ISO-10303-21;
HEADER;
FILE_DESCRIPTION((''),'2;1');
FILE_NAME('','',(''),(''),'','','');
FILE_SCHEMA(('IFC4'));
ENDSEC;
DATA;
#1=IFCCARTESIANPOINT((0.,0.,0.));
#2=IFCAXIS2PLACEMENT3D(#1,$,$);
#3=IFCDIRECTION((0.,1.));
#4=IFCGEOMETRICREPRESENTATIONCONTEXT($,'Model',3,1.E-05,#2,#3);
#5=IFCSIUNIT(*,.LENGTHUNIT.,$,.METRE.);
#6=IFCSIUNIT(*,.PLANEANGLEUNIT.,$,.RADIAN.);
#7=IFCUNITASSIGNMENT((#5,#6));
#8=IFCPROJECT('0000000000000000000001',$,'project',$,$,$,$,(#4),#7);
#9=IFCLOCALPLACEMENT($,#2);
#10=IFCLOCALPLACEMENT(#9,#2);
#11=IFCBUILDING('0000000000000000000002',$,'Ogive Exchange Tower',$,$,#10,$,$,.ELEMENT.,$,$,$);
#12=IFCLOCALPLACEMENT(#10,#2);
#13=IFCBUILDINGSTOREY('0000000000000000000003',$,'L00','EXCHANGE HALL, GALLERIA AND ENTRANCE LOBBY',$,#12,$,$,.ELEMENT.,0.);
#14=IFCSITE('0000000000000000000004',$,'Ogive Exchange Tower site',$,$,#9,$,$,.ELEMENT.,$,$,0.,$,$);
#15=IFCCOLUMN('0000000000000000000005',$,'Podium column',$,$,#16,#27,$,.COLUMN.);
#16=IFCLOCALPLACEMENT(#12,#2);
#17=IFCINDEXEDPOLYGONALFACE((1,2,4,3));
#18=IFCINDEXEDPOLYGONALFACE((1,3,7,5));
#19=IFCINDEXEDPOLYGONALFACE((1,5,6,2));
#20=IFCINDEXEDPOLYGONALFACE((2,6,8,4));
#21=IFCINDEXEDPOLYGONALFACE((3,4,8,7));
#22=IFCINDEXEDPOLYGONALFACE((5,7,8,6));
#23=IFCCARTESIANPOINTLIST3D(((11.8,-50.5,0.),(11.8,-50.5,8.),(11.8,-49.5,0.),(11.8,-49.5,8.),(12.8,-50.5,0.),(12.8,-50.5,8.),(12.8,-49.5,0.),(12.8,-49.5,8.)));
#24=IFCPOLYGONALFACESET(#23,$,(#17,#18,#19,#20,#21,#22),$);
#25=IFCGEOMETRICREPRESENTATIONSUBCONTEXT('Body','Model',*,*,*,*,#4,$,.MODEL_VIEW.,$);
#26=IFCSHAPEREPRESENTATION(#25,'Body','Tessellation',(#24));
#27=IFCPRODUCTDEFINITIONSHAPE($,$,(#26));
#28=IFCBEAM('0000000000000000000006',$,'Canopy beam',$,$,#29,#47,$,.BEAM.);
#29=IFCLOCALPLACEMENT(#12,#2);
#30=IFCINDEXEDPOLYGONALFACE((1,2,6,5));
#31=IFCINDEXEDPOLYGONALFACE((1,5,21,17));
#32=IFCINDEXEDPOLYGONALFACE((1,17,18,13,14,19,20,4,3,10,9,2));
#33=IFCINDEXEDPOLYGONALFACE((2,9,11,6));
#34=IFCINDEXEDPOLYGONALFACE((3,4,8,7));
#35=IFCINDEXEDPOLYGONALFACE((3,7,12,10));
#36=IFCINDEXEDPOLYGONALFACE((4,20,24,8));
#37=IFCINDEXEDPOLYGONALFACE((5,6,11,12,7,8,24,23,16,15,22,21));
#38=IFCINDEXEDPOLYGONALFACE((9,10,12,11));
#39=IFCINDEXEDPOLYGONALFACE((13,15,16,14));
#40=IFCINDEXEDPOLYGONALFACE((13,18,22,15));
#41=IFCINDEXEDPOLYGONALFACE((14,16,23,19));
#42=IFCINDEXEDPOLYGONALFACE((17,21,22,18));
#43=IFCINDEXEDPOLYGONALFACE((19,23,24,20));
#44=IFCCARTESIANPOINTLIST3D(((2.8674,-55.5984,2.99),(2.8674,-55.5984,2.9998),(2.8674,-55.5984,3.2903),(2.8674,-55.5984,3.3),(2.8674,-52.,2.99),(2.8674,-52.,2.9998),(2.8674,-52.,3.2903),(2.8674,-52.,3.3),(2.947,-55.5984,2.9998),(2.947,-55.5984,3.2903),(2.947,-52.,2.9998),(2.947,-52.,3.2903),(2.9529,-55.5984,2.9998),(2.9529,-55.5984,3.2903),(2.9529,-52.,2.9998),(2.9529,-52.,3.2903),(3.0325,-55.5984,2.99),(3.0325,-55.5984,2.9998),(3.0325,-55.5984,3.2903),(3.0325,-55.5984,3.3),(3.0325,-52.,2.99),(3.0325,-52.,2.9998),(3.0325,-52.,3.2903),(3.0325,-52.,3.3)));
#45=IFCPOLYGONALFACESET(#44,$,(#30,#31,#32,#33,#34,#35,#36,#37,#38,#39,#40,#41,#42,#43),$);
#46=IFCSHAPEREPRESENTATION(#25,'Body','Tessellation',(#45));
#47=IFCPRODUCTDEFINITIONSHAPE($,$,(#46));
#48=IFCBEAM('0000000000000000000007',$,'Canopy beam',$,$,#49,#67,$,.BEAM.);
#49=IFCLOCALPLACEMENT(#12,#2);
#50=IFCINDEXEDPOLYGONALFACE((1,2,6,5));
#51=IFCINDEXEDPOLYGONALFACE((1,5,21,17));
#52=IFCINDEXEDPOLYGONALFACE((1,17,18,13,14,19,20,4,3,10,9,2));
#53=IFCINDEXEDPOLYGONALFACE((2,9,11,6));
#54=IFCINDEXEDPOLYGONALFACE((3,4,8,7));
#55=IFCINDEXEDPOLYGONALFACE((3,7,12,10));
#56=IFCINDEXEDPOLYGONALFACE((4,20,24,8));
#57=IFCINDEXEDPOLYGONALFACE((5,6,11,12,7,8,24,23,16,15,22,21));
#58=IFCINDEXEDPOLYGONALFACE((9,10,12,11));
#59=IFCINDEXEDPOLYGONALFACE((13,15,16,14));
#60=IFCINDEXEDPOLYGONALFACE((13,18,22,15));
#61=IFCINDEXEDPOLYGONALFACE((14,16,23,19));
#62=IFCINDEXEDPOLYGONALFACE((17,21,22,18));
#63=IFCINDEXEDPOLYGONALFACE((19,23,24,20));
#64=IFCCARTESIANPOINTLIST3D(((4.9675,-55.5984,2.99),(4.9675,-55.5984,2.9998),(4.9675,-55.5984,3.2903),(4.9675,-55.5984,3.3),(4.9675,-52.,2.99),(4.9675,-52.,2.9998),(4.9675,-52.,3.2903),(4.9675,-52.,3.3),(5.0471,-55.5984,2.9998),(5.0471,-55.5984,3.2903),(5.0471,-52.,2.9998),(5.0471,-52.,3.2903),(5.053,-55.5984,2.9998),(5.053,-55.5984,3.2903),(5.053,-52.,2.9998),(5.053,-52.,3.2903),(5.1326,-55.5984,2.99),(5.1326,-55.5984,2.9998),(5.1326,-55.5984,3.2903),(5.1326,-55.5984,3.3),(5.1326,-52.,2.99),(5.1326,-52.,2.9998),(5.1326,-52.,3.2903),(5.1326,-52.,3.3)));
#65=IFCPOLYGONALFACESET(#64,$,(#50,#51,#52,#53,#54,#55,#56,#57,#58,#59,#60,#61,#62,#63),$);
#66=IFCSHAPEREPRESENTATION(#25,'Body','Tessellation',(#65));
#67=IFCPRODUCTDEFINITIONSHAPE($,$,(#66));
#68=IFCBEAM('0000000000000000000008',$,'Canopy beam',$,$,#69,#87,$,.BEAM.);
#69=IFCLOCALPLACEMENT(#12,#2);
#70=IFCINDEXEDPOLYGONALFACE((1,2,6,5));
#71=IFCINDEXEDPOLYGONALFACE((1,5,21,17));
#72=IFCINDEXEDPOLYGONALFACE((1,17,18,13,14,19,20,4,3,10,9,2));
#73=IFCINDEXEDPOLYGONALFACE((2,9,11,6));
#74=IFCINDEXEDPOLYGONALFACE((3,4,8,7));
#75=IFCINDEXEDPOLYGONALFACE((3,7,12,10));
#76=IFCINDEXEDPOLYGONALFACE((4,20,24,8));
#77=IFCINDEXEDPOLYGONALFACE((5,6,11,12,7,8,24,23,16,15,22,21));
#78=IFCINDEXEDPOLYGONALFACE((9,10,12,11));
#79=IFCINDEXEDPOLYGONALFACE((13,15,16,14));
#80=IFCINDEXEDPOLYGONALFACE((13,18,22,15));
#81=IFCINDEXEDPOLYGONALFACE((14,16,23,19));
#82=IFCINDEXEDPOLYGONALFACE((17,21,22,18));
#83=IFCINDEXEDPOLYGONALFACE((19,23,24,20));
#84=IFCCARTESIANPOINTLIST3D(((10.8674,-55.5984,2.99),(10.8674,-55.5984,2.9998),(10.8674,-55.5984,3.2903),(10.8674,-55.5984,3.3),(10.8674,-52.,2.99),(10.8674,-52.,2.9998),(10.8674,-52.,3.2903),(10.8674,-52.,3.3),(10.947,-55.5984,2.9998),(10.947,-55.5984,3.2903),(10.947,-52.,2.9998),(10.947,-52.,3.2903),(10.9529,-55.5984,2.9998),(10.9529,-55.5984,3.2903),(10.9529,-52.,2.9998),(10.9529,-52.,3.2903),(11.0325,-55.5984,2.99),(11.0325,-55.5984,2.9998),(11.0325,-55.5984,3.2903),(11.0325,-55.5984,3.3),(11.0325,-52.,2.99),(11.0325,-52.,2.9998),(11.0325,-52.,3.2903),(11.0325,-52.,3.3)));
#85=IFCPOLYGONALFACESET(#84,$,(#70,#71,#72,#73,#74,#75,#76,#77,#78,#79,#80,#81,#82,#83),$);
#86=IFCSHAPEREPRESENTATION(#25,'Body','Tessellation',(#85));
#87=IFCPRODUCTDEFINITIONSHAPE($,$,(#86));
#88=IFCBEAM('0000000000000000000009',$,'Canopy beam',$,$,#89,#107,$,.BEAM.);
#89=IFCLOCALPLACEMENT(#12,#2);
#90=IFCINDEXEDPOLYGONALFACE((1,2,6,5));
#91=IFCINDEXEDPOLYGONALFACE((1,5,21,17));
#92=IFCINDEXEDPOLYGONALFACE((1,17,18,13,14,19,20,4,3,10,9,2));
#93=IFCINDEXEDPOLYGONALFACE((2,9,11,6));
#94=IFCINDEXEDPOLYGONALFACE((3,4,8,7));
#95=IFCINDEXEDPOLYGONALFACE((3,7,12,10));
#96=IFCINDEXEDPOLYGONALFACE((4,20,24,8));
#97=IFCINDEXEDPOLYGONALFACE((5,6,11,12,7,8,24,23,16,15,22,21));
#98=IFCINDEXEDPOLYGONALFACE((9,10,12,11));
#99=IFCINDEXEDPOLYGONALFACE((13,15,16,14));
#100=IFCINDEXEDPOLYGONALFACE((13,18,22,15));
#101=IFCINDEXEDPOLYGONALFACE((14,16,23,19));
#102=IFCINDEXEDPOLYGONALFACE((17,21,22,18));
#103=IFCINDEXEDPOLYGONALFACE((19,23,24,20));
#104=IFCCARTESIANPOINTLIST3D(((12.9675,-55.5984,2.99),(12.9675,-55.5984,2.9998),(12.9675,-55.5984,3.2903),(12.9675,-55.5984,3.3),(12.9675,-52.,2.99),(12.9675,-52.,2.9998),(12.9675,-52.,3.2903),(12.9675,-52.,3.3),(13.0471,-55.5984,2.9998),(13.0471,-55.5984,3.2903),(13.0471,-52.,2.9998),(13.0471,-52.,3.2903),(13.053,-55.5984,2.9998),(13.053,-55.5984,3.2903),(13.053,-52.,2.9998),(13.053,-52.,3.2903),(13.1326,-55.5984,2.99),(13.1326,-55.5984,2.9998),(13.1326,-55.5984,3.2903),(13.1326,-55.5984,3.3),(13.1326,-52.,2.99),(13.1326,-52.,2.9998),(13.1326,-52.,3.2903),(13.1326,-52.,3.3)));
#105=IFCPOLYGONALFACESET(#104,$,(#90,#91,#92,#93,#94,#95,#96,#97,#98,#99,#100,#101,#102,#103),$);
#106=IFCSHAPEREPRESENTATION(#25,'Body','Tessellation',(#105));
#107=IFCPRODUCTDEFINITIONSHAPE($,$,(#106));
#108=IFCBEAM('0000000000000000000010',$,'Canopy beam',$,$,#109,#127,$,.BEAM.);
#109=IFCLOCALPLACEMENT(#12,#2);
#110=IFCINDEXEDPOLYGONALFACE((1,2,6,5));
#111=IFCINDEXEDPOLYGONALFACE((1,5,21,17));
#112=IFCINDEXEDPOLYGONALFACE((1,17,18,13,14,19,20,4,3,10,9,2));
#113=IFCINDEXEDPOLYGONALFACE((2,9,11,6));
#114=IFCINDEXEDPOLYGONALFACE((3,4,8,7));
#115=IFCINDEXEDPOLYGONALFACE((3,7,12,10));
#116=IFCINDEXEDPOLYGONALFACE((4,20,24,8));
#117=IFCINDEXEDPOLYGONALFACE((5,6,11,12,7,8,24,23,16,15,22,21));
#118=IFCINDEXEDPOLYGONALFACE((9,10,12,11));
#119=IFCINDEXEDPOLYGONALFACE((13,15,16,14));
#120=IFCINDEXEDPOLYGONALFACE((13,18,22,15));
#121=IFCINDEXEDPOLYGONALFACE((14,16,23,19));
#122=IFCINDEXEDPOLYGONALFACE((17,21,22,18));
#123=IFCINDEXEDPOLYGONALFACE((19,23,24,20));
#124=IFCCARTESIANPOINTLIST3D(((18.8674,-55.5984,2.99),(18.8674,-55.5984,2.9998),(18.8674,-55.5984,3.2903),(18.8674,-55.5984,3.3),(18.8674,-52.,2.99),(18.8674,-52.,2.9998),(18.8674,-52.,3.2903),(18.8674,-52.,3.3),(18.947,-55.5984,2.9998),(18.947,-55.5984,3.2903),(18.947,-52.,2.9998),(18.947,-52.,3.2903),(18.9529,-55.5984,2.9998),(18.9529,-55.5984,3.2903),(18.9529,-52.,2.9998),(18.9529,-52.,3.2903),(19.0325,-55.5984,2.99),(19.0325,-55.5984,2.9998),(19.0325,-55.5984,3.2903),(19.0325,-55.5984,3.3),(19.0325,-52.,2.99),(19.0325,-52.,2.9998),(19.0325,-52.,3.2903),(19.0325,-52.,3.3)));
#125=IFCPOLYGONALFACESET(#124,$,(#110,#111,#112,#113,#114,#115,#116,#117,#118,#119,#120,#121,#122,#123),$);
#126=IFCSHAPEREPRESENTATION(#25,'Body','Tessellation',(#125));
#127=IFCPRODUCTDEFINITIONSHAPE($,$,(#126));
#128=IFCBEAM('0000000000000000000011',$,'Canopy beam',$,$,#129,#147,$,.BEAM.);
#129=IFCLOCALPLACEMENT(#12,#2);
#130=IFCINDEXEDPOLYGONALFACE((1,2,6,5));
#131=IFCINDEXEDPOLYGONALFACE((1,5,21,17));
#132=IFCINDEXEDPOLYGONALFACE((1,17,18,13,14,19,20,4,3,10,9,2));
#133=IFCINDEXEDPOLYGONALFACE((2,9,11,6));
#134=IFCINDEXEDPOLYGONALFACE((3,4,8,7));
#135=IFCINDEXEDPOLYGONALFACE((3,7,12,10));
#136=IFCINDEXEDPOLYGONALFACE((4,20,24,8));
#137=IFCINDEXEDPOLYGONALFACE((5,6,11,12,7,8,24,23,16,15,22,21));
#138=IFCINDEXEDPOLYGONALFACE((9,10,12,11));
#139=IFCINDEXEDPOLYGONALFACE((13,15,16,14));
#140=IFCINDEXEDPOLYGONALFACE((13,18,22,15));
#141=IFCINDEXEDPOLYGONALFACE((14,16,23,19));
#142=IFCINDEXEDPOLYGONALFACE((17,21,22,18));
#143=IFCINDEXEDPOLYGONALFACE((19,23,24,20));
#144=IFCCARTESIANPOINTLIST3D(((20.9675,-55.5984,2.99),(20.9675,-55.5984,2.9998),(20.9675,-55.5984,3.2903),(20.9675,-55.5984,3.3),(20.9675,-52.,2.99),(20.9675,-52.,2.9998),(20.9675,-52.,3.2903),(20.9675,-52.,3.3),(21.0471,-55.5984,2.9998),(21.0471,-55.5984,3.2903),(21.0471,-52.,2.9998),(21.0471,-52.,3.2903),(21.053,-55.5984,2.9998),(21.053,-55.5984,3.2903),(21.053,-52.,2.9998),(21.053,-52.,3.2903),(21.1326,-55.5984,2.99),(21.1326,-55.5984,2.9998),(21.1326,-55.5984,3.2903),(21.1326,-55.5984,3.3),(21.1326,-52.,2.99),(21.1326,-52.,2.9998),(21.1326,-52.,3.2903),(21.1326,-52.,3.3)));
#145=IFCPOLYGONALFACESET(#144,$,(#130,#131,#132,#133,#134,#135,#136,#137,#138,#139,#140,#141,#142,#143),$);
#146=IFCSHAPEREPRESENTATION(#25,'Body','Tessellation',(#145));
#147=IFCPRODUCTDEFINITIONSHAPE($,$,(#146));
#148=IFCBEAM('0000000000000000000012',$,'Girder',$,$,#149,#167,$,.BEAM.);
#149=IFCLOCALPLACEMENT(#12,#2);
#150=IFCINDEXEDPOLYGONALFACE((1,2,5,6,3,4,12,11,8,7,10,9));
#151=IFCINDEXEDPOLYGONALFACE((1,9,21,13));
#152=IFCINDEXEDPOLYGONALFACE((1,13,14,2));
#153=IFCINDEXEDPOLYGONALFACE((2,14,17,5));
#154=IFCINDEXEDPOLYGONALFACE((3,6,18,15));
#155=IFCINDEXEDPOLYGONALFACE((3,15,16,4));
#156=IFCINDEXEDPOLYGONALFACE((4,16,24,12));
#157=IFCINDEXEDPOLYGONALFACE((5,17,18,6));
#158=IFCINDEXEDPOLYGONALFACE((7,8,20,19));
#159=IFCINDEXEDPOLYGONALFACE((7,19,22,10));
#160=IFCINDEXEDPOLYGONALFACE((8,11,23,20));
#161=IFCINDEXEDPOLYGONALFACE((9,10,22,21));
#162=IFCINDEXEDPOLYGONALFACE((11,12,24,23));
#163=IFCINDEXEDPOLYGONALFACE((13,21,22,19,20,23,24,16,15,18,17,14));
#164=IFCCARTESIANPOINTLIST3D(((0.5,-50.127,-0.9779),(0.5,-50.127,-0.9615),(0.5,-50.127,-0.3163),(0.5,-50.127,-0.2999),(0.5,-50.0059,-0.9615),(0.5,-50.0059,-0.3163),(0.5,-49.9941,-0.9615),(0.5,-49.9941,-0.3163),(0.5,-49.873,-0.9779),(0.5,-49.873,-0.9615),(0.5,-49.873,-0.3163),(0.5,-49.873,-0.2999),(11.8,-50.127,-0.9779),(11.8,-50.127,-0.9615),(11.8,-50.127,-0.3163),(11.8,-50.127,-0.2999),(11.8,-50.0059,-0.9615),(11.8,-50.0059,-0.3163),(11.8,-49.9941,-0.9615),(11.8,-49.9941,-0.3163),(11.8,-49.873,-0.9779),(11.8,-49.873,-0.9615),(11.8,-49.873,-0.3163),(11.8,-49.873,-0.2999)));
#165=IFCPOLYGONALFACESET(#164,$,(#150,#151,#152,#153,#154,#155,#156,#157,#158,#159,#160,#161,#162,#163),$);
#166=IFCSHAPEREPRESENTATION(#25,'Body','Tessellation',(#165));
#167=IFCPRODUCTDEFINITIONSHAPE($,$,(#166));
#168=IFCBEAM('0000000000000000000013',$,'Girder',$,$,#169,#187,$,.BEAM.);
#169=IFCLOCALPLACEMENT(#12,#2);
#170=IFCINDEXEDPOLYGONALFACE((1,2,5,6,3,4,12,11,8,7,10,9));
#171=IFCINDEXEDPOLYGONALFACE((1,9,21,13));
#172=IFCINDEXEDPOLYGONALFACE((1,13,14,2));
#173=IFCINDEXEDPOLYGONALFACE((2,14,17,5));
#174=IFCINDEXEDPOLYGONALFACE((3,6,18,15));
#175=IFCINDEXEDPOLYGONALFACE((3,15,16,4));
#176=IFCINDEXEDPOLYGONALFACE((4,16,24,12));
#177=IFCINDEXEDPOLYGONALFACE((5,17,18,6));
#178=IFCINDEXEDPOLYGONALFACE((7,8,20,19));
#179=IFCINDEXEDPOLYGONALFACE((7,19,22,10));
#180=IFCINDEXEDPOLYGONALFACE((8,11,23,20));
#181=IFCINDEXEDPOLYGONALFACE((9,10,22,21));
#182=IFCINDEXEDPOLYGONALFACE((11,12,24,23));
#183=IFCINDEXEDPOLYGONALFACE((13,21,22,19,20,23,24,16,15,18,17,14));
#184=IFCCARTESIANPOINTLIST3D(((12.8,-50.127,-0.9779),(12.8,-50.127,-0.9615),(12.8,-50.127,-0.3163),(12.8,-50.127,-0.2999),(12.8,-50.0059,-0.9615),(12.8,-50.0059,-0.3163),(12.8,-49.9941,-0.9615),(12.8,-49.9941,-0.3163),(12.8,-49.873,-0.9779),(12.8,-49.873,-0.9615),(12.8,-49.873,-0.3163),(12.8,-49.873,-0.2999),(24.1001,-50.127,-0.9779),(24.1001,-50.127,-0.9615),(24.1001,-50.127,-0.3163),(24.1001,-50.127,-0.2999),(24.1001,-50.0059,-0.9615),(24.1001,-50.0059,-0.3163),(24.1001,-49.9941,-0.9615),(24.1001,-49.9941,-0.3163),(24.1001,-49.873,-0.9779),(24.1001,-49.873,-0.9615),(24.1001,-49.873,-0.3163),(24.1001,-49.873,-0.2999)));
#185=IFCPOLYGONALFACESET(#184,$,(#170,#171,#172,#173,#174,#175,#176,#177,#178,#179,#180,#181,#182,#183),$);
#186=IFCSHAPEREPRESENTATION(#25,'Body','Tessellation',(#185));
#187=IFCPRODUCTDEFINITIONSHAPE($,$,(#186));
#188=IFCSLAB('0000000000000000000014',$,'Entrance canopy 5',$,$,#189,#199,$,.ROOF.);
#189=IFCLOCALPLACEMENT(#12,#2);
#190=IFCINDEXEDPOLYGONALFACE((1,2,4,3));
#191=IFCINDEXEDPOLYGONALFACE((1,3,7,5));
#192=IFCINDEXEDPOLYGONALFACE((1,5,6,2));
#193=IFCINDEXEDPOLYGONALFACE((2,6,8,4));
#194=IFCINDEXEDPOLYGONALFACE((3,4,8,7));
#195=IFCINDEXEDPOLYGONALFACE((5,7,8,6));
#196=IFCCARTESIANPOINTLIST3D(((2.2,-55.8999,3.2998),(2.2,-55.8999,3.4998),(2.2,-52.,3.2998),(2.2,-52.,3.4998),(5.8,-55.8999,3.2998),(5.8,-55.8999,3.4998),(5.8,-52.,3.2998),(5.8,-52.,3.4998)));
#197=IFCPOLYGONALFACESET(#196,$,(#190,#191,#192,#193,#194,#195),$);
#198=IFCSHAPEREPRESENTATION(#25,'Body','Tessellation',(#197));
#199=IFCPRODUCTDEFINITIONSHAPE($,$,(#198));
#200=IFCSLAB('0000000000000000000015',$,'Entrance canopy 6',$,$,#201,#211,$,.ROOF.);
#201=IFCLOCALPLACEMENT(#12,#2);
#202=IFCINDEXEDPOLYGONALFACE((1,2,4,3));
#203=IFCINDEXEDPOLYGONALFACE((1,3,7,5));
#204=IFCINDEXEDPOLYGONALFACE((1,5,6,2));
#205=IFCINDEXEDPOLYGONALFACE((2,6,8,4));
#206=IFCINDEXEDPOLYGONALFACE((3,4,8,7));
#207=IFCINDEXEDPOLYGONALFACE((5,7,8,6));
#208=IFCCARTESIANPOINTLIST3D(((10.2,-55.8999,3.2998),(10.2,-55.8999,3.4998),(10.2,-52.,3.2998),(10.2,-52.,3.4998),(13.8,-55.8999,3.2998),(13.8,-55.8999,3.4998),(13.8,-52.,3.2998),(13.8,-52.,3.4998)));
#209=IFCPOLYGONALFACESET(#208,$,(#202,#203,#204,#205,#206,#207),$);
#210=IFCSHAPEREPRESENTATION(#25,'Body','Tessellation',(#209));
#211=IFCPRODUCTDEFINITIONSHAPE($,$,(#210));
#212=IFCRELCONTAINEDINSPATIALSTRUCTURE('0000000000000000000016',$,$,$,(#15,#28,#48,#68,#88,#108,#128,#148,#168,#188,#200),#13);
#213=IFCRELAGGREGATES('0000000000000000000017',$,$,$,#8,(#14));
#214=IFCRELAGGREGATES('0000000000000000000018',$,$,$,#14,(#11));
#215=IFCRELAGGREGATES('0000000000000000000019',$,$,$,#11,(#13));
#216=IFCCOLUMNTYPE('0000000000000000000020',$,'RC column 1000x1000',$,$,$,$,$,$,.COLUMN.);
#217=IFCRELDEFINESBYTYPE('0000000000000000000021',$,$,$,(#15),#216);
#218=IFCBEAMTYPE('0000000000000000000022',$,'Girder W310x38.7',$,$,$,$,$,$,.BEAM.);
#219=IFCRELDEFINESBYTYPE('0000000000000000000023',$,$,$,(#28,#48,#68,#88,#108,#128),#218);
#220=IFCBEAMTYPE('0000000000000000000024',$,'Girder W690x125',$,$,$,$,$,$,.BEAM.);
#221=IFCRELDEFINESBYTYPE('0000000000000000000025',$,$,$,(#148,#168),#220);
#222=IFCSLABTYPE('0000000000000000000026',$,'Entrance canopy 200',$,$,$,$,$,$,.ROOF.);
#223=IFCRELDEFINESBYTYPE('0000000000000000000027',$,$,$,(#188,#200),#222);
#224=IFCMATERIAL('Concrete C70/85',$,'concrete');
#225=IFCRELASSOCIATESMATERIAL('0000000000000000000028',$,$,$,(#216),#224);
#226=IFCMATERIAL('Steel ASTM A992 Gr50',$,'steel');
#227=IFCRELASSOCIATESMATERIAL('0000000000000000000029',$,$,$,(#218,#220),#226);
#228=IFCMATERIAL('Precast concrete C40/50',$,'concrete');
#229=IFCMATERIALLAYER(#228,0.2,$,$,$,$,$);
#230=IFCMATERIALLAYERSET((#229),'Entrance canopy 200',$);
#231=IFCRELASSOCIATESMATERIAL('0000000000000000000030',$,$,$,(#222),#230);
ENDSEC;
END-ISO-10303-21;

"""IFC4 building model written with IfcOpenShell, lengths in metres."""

from ifc_helpers import new_model, si_unit, direction, frame, origin, origin_2d, place, context, subcontext, project, spatial, rectangle, i_section, extrude, material, layer, layer_set, material_profile, profile_set, type_object, element, save


model = new_model("IFC4")

# Units and contexts
model_context = context("Model", 3, precision=1e-05, world=origin(), true_north=direction((0.0, 1.0)))
body_context = subcontext(model_context, "Body", "Model", "MODEL_VIEW")
ifc_project = project(units=[si_unit("LENGTHUNIT", "METRE"), si_unit("PLANEANGLEUNIT", "RADIAN")], contexts=[model_context])

# Site, building, storey
site_placement = place(None, origin())
site = spatial("IfcSite", under=ifc_project, at=site_placement, Name="Ogive Exchange Tower site", CompositionType="ELEMENT", RefElevation=0.0)
building_placement = place(site_placement, origin())
building = spatial("IfcBuilding", under=site, at=building_placement, Name="Ogive Exchange Tower", CompositionType="ELEMENT")
storey_placement = place(building_placement, origin())
storey = spatial("IfcBuildingStorey", under=building, at=storey_placement, Name="L00", Description="EXCHANGE HALL, GALLERIA AND ENTRANCE LOBBY", CompositionType="ELEMENT", Elevation=0.0)

# Column
ifc_material_1 = material(Name="Concrete C70/85", Category="concrete")
ifc_material_profile_1 = material_profile(ifc_material_1, rectangle(XDim=1.0, YDim=1.0, at=origin_2d()), Name="RC 1000x1000")
ifc_profile_set_1 = profile_set([ifc_material_profile_1], Name="Concrete C70/85")
column_type_1 = type_object("IfcColumnType", Name="RC column 1000x1000", PredefinedType="COLUMN", material=ifc_profile_set_1)
column_placement = place(storey_placement, frame((12.3, -50.0, 0.0), z_axis=(0.0, 0.0, 1.0), x_axis=(1.0, 0.0, 0.0)))
element("IfcColumn", 1, at=column_placement, inside=storey, type_object=column_type_1, Name="Podium column", PredefinedType="COLUMN", context=body_context, shape_type="SweptSolid", body=[
    extrude(rectangle(XDim=1.0, YDim=1.0, at=origin_2d()), origin(), (0.0, 0.0, 1.0), 8.0),
])

# Beams
ifc_material_2 = material(Name="Steel ASTM A992 Gr50", Category="steel")
ifc_material_profile_2 = material_profile(ifc_material_2, i_section(OverallWidth=0.165, OverallDepth=0.3101, WebThickness=0.0059, FlangeThickness=0.0098, at=origin_2d()), Name="W310x38.7")
ifc_profile_set_2 = profile_set([ifc_material_profile_2], Name="Steel ASTM A992 Gr50")
beam_type_1 = type_object("IfcBeamType", Name="Girder W310x38.7", PredefinedType="BEAM", material=ifc_profile_set_2)
for number, where, z_axis, x_axis, name in (
    (2, (2.95, -52.0, 3.145), (0.0, -1.0, 0.0), (1.0, 0.0, 0.0), "Canopy beam"),
    (3, (5.05, -52.0, 3.145), (0.0, -1.0, 0.0), (1.0, 0.0, 0.0), "Canopy beam"),
    (4, (10.95, -52.0, 3.145), (0.0, -1.0, 0.0), (1.0, 0.0, 0.0), "Canopy beam"),
    (5, (13.05, -52.0, 3.145), (0.0, -1.0, 0.0), (1.0, 0.0, 0.0), "Canopy beam"),
    (6, (18.95, -52.0, 3.145), (0.0, -1.0, 0.0), (1.0, 0.0, 0.0), "Canopy beam"),
    (7, (21.05, -52.0, 3.145), (0.0, -1.0, 0.0), (1.0, 0.0, 0.0), "Canopy beam"),
):
    element("IfcBeam", number, at=place(storey_placement, frame(where, z_axis=z_axis, x_axis=x_axis)), inside=storey, type_object=beam_type_1, Name=name, PredefinedType="BEAM", context=body_context, shape_type="SweptSolid", body=[
        extrude(i_section(OverallWidth=0.165, OverallDepth=0.3101, WebThickness=0.0059, FlangeThickness=0.0098, at=origin_2d()), origin(), (0.0, 0.0, 1.0), 3.5984),
    ])
ifc_material_profile_3 = material_profile(ifc_material_2, i_section(OverallWidth=0.2539, OverallDepth=0.678, WebThickness=0.0117, FlangeThickness=0.0164, at=origin_2d()), Name="W690x125")
ifc_profile_set_3 = profile_set([ifc_material_profile_3], Name="Steel ASTM A992 Gr50")
beam_type_2 = type_object("IfcBeamType", Name="Girder W690x125", PredefinedType="BEAM", material=ifc_profile_set_3)
for number, where, z_axis, x_axis, name in (
    (8, (0.5, -50.0, -0.6389), (1.0, 0.0, 0.0), (0.0, 1.0, 0.0), "Girder"),
    (9, (12.8, -50.0, -0.6389), (1.0, 0.0, 0.0), (0.0, 1.0, 0.0), "Girder"),
):
    element("IfcBeam", number, at=place(storey_placement, frame(where, z_axis=z_axis, x_axis=x_axis)), inside=storey, type_object=beam_type_2, Name=name, PredefinedType="BEAM", context=body_context, shape_type="SweptSolid", body=[
        extrude(i_section(OverallWidth=0.2539, OverallDepth=0.678, WebThickness=0.0117, FlangeThickness=0.0164, at=origin_2d()), origin(), (0.0, 0.0, 1.0), 11.3),
    ])

# Slabs
ifc_material_3 = material(Name="Precast concrete C40/50", Category="concrete")
ifc_layer_1 = layer(ifc_material_3, 0.2)
ifc_layer_set_1 = layer_set([ifc_layer_1], Name="Entrance canopy 200")
slab_type = type_object("IfcSlabType", Name="Entrance canopy 200", PredefinedType="ROOF", material=ifc_layer_set_1)
for number, where, z_axis, x_axis, name in (
    (10, (4.0, -53.95, 3.2998), (0.0, 0.0, 1.0), (1.0, 0.0, 0.0), "Entrance canopy 5"),
    (11, (12.0, -53.95, 3.2998), (0.0, 0.0, 1.0), (1.0, 0.0, 0.0), "Entrance canopy 6"),
):
    element("IfcSlab", number, at=place(storey_placement, frame(where, z_axis=z_axis, x_axis=x_axis)), inside=storey, type_object=slab_type, Name=name, PredefinedType="ROOF", context=body_context, shape_type="SweptSolid", body=[
        extrude(rectangle(XDim=3.6001, YDim=3.8999, at=origin_2d()), origin(), (0.0, 0.0, 1.0), 0.2),
    ])

save(model, "model.ifc")
